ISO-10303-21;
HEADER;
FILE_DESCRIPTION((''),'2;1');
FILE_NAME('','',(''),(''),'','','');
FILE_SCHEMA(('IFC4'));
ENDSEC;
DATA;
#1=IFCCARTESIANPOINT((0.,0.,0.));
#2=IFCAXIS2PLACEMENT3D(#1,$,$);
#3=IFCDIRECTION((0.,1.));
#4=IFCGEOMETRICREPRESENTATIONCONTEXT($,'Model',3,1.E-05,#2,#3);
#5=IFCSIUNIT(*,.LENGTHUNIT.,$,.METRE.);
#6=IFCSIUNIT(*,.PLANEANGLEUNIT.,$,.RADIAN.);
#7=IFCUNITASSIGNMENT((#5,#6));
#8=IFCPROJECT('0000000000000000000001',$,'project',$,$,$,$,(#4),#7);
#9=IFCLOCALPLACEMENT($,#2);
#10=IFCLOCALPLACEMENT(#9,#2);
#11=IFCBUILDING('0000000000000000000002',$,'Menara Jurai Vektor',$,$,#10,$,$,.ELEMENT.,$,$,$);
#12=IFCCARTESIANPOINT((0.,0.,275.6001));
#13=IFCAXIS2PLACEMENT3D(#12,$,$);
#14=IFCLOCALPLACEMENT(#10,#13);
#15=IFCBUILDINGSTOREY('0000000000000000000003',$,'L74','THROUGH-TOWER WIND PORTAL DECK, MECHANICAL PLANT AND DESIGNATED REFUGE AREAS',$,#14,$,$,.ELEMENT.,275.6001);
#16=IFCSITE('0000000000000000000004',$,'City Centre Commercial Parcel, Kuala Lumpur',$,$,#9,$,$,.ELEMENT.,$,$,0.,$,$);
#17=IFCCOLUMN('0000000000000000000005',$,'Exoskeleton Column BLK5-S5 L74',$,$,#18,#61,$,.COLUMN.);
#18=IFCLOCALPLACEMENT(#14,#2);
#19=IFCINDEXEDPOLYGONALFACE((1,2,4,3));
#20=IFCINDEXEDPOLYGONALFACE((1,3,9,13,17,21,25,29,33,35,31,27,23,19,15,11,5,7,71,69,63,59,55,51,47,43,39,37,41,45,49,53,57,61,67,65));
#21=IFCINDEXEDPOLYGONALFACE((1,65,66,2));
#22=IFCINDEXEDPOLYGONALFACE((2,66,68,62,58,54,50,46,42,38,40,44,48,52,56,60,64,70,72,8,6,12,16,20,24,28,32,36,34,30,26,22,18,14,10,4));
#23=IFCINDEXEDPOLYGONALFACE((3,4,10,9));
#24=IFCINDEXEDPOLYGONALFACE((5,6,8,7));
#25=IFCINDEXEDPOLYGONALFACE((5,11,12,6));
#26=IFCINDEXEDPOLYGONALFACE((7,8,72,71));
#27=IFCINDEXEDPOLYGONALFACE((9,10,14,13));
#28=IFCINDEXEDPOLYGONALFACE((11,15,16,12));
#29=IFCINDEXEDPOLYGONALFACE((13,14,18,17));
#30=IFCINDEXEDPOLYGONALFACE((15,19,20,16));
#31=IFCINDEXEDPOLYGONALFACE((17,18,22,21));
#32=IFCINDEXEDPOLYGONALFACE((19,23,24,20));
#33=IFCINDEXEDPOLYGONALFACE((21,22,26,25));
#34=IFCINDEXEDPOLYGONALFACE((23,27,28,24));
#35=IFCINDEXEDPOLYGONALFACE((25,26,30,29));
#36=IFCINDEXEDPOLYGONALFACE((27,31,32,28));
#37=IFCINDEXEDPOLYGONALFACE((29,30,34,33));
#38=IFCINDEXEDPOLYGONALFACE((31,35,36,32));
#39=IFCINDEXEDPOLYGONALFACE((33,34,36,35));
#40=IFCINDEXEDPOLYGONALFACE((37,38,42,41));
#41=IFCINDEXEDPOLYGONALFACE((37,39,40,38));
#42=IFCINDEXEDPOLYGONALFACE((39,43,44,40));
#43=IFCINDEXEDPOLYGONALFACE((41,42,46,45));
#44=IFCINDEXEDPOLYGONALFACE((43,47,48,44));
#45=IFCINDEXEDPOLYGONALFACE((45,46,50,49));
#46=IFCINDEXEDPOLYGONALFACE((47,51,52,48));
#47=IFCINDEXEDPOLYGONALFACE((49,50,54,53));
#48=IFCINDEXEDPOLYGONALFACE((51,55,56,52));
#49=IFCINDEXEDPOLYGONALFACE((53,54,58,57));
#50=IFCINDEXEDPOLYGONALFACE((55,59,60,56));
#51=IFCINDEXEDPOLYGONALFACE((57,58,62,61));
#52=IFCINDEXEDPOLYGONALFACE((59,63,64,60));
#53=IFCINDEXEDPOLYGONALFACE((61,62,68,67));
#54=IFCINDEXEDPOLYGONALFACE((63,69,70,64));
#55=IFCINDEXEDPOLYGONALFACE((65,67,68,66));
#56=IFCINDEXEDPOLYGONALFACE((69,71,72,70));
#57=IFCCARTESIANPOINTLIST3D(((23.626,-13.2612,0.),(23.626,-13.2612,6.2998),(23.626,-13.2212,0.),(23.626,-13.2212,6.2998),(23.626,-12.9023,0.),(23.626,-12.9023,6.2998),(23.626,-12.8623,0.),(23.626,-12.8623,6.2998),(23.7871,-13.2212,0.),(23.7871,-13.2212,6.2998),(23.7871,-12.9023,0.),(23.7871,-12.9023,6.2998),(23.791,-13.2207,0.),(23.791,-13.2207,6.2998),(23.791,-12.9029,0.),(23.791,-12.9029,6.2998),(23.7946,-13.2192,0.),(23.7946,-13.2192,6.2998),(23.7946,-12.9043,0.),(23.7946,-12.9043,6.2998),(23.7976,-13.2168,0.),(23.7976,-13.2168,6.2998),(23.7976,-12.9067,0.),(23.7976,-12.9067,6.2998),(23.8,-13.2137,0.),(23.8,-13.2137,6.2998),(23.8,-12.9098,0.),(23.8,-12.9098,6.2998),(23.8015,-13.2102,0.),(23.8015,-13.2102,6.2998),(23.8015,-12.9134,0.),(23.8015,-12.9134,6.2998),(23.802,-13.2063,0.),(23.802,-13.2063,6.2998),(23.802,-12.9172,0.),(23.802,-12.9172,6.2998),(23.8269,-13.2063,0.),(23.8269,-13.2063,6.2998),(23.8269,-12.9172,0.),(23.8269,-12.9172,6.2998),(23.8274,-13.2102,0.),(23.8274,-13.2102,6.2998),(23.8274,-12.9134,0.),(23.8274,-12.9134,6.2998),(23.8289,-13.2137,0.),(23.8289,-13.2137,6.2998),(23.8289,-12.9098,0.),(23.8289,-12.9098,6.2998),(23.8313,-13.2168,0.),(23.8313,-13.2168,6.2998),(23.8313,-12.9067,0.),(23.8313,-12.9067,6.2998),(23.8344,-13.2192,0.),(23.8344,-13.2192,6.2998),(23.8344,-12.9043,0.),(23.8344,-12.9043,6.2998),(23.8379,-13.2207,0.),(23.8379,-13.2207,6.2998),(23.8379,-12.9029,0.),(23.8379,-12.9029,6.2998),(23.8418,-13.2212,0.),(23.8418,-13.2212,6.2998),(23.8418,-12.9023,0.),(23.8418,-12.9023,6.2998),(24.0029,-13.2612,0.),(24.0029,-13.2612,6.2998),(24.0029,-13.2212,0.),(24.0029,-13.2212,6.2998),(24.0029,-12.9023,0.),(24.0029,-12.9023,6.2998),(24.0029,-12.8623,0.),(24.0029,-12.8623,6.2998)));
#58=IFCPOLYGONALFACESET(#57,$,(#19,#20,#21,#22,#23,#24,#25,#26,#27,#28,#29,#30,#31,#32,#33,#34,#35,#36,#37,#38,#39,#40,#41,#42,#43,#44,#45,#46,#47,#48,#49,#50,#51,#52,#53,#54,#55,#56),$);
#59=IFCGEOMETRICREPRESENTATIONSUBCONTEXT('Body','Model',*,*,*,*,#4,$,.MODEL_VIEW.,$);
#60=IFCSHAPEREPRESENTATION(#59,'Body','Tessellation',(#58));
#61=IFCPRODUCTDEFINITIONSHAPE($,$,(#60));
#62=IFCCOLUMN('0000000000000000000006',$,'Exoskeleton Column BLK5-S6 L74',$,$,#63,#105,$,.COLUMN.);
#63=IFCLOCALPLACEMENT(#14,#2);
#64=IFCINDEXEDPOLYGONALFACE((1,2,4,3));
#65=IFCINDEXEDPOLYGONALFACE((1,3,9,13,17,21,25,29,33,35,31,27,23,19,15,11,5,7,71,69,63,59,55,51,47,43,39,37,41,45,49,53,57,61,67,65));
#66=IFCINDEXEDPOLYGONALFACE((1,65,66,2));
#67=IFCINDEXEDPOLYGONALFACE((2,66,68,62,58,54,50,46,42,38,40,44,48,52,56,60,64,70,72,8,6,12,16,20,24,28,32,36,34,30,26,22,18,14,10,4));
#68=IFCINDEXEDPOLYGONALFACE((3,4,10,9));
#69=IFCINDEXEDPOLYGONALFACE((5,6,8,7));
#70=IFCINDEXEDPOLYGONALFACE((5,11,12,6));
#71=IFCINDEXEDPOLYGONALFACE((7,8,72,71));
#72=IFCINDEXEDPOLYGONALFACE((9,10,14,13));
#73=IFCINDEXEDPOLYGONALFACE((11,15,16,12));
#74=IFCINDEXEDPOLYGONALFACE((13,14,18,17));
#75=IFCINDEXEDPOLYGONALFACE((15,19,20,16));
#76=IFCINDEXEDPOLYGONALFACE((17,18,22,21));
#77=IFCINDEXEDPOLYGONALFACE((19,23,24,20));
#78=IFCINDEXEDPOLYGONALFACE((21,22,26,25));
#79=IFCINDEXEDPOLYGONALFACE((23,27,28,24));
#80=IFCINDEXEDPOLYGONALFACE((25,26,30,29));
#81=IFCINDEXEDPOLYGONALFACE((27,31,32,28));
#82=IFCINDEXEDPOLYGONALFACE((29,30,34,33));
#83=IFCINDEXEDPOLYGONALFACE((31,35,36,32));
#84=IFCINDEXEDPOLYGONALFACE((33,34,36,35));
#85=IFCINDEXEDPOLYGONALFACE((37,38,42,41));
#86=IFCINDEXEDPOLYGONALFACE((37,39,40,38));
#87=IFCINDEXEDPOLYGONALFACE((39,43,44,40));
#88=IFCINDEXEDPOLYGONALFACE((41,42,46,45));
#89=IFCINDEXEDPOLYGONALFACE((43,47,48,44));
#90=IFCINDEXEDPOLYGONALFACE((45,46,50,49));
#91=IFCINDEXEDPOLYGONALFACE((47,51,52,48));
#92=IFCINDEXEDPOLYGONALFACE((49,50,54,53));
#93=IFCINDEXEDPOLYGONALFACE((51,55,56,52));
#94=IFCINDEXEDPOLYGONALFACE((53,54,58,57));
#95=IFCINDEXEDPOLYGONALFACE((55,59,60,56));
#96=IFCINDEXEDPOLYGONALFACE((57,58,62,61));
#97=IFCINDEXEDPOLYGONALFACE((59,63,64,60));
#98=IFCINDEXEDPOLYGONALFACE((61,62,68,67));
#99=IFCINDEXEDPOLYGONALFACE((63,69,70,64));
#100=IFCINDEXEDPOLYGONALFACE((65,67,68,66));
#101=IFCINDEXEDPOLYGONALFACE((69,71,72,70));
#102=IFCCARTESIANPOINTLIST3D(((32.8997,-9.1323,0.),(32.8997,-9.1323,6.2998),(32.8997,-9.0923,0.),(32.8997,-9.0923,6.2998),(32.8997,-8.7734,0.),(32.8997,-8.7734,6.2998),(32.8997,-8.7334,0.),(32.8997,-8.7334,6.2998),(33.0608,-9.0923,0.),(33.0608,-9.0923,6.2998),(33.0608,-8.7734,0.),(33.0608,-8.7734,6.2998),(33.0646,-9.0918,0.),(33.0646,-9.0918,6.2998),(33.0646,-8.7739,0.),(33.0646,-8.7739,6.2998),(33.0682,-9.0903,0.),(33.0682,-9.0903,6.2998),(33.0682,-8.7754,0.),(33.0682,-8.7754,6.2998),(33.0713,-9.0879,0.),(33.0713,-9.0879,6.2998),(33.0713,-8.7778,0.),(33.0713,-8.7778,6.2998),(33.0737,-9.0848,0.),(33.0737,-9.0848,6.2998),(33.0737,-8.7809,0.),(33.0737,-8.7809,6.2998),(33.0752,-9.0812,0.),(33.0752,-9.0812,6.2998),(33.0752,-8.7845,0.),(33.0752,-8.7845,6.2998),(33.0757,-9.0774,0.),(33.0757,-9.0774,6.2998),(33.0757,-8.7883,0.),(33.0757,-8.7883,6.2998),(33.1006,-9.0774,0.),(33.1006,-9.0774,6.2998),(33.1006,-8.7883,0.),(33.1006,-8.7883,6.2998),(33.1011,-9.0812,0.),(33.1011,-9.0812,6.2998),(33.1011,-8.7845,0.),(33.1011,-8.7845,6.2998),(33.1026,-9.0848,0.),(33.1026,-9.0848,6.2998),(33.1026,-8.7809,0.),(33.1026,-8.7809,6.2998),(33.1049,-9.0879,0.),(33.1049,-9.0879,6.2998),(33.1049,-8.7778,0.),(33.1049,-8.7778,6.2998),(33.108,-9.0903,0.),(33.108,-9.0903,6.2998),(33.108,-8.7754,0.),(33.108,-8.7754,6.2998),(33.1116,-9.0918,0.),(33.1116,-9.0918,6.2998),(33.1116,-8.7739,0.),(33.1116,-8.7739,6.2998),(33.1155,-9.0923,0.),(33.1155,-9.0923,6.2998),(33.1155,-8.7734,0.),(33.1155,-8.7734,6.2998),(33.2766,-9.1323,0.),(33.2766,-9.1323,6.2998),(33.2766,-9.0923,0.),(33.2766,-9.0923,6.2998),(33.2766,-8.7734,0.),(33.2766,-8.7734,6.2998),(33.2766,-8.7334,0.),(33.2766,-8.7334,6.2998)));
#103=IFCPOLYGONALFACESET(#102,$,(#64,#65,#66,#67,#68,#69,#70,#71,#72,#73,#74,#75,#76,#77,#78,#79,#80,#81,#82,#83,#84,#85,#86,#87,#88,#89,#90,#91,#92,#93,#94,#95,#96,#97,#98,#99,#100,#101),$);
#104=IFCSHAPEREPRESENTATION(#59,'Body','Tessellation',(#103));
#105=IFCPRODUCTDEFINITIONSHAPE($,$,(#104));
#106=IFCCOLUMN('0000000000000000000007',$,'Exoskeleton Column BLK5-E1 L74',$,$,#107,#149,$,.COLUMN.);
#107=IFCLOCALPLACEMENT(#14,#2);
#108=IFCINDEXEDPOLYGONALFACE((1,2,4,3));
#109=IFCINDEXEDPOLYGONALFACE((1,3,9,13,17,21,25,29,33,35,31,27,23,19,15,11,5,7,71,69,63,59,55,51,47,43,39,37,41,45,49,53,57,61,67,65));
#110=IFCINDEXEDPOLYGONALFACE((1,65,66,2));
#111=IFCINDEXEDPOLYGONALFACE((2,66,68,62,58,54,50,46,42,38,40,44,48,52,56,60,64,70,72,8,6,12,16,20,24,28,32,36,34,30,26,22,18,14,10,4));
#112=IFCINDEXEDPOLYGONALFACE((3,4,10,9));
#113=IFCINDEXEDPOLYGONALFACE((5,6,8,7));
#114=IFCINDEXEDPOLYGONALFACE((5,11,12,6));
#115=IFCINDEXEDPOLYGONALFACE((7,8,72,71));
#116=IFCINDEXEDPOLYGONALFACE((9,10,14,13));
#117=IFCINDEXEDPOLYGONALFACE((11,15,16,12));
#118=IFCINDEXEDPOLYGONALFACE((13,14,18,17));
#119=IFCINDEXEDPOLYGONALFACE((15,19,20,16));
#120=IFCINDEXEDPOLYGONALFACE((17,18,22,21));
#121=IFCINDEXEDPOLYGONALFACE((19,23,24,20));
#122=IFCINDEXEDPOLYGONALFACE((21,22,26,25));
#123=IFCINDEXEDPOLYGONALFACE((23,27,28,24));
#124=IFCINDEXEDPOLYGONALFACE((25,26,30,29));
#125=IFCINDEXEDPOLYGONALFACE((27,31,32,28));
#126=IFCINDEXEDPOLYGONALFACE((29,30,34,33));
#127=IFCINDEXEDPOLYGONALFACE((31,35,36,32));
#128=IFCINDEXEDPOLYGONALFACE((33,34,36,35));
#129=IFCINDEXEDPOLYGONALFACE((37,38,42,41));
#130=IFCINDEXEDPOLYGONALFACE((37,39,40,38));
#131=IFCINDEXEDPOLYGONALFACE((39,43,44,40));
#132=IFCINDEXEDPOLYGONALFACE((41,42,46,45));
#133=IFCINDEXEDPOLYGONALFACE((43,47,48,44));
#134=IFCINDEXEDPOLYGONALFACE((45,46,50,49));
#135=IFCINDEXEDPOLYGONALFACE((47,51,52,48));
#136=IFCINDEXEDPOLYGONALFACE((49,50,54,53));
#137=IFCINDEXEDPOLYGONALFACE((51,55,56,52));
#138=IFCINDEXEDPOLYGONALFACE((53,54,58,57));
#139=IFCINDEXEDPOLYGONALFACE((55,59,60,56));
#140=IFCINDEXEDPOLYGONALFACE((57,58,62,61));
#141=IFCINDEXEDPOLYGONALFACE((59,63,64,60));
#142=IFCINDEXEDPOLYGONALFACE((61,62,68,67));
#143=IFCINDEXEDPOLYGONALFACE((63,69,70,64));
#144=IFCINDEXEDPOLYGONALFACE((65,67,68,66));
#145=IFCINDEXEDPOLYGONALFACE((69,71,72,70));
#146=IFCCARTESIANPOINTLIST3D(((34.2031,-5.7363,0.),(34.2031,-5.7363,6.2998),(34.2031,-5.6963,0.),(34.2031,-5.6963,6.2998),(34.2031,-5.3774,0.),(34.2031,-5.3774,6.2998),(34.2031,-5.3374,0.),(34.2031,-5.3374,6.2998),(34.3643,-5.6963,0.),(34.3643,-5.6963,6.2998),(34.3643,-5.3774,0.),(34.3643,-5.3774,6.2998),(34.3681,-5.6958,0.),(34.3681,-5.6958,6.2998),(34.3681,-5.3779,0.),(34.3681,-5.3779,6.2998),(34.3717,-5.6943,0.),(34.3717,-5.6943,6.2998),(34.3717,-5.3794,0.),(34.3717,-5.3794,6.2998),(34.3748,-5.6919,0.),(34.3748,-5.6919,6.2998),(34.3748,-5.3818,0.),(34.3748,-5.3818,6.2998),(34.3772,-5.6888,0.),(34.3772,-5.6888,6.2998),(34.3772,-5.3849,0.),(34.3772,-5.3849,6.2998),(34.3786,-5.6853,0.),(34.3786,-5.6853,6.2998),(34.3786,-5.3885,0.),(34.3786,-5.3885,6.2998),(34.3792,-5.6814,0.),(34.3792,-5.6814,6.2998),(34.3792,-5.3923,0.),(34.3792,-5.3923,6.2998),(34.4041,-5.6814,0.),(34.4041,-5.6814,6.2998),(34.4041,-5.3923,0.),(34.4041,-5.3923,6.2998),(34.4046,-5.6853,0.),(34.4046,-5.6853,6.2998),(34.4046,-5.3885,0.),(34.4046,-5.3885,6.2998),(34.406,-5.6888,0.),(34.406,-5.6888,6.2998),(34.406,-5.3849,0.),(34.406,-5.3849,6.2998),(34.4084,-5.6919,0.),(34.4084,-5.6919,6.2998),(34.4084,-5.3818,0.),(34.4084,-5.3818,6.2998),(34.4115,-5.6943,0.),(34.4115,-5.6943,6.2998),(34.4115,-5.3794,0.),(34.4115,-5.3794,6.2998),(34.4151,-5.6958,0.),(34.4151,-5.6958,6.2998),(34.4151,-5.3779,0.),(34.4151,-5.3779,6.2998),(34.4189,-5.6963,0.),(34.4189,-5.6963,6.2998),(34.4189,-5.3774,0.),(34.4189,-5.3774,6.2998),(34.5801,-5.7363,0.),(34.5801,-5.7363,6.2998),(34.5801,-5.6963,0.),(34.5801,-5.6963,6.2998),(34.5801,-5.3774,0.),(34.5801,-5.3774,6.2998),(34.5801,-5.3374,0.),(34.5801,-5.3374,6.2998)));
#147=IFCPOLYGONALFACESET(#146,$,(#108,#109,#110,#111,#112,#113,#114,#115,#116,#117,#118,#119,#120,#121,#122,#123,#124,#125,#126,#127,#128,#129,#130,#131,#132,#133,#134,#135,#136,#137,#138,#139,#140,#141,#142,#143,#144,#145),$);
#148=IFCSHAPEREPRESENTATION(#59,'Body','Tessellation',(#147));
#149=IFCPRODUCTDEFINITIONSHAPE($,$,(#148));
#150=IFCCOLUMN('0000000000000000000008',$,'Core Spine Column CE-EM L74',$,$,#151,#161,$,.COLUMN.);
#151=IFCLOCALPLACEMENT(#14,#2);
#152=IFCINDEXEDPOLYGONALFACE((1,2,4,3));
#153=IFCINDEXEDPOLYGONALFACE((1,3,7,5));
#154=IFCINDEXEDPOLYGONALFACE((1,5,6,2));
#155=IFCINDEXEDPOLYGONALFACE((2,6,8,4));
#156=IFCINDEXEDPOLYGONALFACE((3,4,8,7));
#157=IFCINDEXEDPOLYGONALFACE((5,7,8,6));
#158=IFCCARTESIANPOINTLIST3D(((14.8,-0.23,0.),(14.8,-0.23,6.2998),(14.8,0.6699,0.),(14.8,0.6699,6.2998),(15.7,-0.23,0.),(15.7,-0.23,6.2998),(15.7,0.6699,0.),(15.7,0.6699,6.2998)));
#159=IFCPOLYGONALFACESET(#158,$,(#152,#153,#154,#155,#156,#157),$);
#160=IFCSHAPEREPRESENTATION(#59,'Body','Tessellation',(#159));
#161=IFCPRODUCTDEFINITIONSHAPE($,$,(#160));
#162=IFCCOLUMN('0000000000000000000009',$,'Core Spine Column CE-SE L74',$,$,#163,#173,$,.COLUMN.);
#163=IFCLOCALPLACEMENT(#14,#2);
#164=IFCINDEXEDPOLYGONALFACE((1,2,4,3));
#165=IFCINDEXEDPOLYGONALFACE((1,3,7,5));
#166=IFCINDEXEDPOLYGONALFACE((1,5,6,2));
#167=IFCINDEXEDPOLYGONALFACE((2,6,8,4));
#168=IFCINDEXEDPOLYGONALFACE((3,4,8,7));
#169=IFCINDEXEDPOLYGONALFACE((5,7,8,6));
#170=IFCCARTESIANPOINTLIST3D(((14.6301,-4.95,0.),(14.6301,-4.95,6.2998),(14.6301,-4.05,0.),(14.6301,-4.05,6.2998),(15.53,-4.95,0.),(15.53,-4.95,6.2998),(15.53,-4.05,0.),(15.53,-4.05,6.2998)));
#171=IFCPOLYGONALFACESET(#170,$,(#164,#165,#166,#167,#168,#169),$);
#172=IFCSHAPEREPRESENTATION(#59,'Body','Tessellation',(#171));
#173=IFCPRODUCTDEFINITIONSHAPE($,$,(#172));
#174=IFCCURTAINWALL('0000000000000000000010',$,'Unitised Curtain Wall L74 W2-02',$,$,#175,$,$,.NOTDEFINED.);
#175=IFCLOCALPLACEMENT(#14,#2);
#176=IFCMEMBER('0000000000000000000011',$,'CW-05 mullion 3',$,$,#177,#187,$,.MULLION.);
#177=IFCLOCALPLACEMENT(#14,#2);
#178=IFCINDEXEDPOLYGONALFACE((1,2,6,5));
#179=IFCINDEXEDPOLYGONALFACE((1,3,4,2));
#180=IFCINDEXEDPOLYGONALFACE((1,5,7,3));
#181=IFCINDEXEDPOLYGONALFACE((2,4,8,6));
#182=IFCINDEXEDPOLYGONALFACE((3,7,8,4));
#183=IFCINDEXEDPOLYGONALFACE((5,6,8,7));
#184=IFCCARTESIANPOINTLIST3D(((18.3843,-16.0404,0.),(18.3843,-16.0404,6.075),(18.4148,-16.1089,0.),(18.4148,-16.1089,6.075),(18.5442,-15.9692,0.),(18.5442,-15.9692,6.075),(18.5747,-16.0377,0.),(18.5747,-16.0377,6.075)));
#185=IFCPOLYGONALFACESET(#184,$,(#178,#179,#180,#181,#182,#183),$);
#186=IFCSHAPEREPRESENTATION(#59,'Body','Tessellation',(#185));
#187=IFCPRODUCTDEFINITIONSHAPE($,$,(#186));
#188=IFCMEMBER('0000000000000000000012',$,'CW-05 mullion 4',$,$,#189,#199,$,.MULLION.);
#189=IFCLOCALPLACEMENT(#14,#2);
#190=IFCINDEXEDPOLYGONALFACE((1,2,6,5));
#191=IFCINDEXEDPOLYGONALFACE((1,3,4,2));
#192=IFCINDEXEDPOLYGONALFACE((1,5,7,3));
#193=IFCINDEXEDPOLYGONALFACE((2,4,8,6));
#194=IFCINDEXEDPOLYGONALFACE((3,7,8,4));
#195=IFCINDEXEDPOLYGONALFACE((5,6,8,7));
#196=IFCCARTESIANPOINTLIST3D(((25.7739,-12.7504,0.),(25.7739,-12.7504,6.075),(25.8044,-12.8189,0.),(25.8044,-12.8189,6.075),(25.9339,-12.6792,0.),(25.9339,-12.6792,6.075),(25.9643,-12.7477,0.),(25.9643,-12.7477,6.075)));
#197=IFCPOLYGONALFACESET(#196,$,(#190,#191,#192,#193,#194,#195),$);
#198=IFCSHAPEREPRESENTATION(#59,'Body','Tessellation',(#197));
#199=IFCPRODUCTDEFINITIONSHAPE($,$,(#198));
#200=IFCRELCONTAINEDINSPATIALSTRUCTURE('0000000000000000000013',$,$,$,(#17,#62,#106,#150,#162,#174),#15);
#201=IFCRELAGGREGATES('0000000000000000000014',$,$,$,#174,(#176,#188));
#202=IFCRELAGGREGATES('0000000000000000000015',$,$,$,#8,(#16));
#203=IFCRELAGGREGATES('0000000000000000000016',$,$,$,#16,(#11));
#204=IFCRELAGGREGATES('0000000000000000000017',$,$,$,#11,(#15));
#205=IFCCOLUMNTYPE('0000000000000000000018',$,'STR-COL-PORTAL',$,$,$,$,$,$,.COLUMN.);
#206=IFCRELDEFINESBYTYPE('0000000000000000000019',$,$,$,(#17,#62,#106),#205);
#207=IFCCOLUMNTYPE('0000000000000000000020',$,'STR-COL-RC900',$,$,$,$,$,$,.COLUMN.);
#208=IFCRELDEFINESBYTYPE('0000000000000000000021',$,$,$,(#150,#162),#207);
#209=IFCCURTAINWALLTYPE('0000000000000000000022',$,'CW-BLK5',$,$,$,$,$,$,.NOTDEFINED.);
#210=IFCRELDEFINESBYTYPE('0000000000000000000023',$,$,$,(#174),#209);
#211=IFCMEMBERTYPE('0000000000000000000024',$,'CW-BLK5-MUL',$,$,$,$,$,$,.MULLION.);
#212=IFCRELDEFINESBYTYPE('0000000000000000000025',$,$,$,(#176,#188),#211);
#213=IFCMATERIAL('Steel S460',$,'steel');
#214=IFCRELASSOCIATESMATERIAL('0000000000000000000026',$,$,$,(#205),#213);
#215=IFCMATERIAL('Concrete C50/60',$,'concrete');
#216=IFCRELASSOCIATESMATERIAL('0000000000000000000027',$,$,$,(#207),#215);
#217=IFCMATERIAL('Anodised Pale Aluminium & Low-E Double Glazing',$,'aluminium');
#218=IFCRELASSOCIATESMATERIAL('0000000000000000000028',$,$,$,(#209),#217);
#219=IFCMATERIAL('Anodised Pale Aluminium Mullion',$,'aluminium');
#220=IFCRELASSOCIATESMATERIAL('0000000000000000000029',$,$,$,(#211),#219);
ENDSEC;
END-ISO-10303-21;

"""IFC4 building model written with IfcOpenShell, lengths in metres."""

from ifc_helpers import new_model, si_unit, direction, frame, origin, origin_2d, place, context, subcontext, project, spatial, rectangle, i_section, extrude, material, material_profile, profile_set, type_object, element, aggregate, save


model = new_model("IFC4")

# Units and contexts
model_context = context("Model", 3, precision=1e-05, world=origin(), true_north=direction((0.0, 1.0)))
body_context = subcontext(model_context, "Body", "Model", "MODEL_VIEW")
ifc_project = project(units=[si_unit("LENGTHUNIT", "METRE"), si_unit("PLANEANGLEUNIT", "RADIAN")], contexts=[model_context])

# Site, building, storey
site_placement = place(None, origin())
site = spatial("IfcSite", under=ifc_project, at=site_placement, Name="City Centre Commercial Parcel, Kuala Lumpur", CompositionType="ELEMENT", RefElevation=0.0)
building_placement = place(site_placement, origin())
building = spatial("IfcBuilding", under=site, at=building_placement, Name="Menara Jurai Vektor", CompositionType="ELEMENT")
storey_placement = place(building_placement, frame((0.0, 0.0, 275.6001)))
storey = spatial("IfcBuildingStorey", under=building, at=storey_placement, Name="L74", Description="THROUGH-TOWER WIND PORTAL DECK, MECHANICAL PLANT AND DESIGNATED REFUGE AREAS", CompositionType="ELEMENT", Elevation=275.6001)

# Columns
ifc_material_1 = material(Name="Steel S460", Category="steel")
ifc_material_profile_1 = material_profile(ifc_material_1, i_section(OverallWidth=0.377, OverallDepth=0.3989, WebThickness=0.0249, FlangeThickness=0.04, FilletRadius=0.0149, at=origin_2d()), Name="HD 360x314")
ifc_profile_set_1 = profile_set([ifc_material_profile_1], Name="Steel S460")
column_type_1 = type_object("IfcColumnType", Name="STR-COL-PORTAL", PredefinedType="COLUMN", material=ifc_profile_set_1)
for number, where, z_axis, x_axis, name in (
    (1, (23.8145, -13.0618, 0.0), (0.0, 0.0, 1.0), (1.0, 0.0, 0.0), "Exoskeleton Column BLK5-S5 L74"),
    (2, (33.0881, -8.9329, 0.0), (0.0, 0.0, 1.0), (1.0, 0.0, 0.0), "Exoskeleton Column BLK5-S6 L74"),
    (3, (34.3916, -5.5369, 0.0), (0.0, 0.0, 1.0), (1.0, 0.0, 0.0), "Exoskeleton Column BLK5-E1 L74"),
):
    element("IfcColumn", number, at=place(storey_placement, frame(where, z_axis=z_axis, x_axis=x_axis)), inside=storey, type_object=column_type_1, Name=name, PredefinedType="COLUMN", context=body_context, shape_type="SweptSolid", body=[
        extrude(i_section(OverallWidth=0.377, OverallDepth=0.3989, WebThickness=0.0249, FlangeThickness=0.04, FilletRadius=0.0149, at=origin_2d()), origin(), (0.0, 0.0, 1.0), 6.2998),
    ])
ifc_material_2 = material(Name="Concrete C50/60", Category="concrete")
ifc_material_profile_2 = material_profile(ifc_material_2, rectangle(XDim=0.8999, YDim=0.8999, at=origin_2d()), Name="RC 900x900")
ifc_profile_set_2 = profile_set([ifc_material_profile_2], Name="Concrete C50/60")
column_type_2 = type_object("IfcColumnType", Name="STR-COL-RC900", PredefinedType="COLUMN", material=ifc_profile_set_2)
for number, where, z_axis, x_axis, name in (
    (4, (15.25, 0.22, 0.0), (0.0, 0.0, 1.0), (1.0, 0.0, 0.0), "Core Spine Column CE-EM L74"),
    (5, (15.0801, -4.5, 0.0), (0.0, 0.0, 1.0), (1.0, 0.0, 0.0), "Core Spine Column CE-SE L74"),
):
    element("IfcColumn", number, at=place(storey_placement, frame(where, z_axis=z_axis, x_axis=x_axis)), inside=storey, type_object=column_type_2, Name=name, PredefinedType="COLUMN", context=body_context, shape_type="SweptSolid", body=[
        extrude(rectangle(XDim=0.8999, YDim=0.8999, at=origin_2d()), origin(), (0.0, 0.0, 1.0), 6.2998),
    ])

# Curtain wall, members
ifc_material_3 = material(Name="Anodised Pale Aluminium & Low-E Double Glazing", Category="aluminium")
curtain_wall_type = type_object("IfcCurtainWallType", Name="CW-BLK5", PredefinedType="NOTDEFINED", material=ifc_material_3)
curtain_wall_1_placement = place(storey_placement, origin())
curtain_wall_1 = element("IfcCurtainWall", 6, at=curtain_wall_1_placement, inside=storey, type_object=curtain_wall_type, Name="Unitised Curtain Wall L74 W2-02", PredefinedType="NOTDEFINED")
ifc_material_4 = material(Name="Anodised Pale Aluminium Mullion", Category="aluminium")
ifc_material_profile_3 = material_profile(ifc_material_4, rectangle(XDim=0.075, YDim=0.175, at=origin_2d()), Name="ALU MUL 75x175")
ifc_profile_set_3 = profile_set([ifc_material_profile_3], Name="Anodised Pale Aluminium Mullion")
member_type_1 = type_object("IfcMemberType", Name="CW-BLK5-MUL", PredefinedType="MULLION", material=ifc_profile_set_3)
member_1_placement = place(storey_placement, frame((18.4795, -16.0391, 0.0), z_axis=(0.0, 0.0, 1.0), x_axis=(-0.406736, 0.913546, 0.0)))
member_1 = element("IfcMember", 7, at=member_1_placement, type_object=member_type_1, Name="CW-05 mullion 3", PredefinedType="MULLION", context=body_context, shape_type="SweptSolid", body=[
    extrude(rectangle(XDim=0.075, YDim=0.175, at=origin_2d()), origin(), (0.0, 0.0, 1.0), 6.075),
])
member_2_placement = place(storey_placement, frame((25.8691, -12.749, 0.0), z_axis=(0.0, 0.0, 1.0), x_axis=(-0.406736, 0.913546, 0.0)))
member_2 = element("IfcMember", 8, at=member_2_placement, type_object=member_type_1, Name="CW-05 mullion 4", PredefinedType="MULLION", context=body_context, shape_type="SweptSolid", body=[
    extrude(rectangle(XDim=0.075, YDim=0.175, at=origin_2d()), origin(), (0.0, 0.0, 1.0), 6.075),
])

aggregate(curtain_wall_1, [member_1, member_2])

save(model, "model.ifc")
